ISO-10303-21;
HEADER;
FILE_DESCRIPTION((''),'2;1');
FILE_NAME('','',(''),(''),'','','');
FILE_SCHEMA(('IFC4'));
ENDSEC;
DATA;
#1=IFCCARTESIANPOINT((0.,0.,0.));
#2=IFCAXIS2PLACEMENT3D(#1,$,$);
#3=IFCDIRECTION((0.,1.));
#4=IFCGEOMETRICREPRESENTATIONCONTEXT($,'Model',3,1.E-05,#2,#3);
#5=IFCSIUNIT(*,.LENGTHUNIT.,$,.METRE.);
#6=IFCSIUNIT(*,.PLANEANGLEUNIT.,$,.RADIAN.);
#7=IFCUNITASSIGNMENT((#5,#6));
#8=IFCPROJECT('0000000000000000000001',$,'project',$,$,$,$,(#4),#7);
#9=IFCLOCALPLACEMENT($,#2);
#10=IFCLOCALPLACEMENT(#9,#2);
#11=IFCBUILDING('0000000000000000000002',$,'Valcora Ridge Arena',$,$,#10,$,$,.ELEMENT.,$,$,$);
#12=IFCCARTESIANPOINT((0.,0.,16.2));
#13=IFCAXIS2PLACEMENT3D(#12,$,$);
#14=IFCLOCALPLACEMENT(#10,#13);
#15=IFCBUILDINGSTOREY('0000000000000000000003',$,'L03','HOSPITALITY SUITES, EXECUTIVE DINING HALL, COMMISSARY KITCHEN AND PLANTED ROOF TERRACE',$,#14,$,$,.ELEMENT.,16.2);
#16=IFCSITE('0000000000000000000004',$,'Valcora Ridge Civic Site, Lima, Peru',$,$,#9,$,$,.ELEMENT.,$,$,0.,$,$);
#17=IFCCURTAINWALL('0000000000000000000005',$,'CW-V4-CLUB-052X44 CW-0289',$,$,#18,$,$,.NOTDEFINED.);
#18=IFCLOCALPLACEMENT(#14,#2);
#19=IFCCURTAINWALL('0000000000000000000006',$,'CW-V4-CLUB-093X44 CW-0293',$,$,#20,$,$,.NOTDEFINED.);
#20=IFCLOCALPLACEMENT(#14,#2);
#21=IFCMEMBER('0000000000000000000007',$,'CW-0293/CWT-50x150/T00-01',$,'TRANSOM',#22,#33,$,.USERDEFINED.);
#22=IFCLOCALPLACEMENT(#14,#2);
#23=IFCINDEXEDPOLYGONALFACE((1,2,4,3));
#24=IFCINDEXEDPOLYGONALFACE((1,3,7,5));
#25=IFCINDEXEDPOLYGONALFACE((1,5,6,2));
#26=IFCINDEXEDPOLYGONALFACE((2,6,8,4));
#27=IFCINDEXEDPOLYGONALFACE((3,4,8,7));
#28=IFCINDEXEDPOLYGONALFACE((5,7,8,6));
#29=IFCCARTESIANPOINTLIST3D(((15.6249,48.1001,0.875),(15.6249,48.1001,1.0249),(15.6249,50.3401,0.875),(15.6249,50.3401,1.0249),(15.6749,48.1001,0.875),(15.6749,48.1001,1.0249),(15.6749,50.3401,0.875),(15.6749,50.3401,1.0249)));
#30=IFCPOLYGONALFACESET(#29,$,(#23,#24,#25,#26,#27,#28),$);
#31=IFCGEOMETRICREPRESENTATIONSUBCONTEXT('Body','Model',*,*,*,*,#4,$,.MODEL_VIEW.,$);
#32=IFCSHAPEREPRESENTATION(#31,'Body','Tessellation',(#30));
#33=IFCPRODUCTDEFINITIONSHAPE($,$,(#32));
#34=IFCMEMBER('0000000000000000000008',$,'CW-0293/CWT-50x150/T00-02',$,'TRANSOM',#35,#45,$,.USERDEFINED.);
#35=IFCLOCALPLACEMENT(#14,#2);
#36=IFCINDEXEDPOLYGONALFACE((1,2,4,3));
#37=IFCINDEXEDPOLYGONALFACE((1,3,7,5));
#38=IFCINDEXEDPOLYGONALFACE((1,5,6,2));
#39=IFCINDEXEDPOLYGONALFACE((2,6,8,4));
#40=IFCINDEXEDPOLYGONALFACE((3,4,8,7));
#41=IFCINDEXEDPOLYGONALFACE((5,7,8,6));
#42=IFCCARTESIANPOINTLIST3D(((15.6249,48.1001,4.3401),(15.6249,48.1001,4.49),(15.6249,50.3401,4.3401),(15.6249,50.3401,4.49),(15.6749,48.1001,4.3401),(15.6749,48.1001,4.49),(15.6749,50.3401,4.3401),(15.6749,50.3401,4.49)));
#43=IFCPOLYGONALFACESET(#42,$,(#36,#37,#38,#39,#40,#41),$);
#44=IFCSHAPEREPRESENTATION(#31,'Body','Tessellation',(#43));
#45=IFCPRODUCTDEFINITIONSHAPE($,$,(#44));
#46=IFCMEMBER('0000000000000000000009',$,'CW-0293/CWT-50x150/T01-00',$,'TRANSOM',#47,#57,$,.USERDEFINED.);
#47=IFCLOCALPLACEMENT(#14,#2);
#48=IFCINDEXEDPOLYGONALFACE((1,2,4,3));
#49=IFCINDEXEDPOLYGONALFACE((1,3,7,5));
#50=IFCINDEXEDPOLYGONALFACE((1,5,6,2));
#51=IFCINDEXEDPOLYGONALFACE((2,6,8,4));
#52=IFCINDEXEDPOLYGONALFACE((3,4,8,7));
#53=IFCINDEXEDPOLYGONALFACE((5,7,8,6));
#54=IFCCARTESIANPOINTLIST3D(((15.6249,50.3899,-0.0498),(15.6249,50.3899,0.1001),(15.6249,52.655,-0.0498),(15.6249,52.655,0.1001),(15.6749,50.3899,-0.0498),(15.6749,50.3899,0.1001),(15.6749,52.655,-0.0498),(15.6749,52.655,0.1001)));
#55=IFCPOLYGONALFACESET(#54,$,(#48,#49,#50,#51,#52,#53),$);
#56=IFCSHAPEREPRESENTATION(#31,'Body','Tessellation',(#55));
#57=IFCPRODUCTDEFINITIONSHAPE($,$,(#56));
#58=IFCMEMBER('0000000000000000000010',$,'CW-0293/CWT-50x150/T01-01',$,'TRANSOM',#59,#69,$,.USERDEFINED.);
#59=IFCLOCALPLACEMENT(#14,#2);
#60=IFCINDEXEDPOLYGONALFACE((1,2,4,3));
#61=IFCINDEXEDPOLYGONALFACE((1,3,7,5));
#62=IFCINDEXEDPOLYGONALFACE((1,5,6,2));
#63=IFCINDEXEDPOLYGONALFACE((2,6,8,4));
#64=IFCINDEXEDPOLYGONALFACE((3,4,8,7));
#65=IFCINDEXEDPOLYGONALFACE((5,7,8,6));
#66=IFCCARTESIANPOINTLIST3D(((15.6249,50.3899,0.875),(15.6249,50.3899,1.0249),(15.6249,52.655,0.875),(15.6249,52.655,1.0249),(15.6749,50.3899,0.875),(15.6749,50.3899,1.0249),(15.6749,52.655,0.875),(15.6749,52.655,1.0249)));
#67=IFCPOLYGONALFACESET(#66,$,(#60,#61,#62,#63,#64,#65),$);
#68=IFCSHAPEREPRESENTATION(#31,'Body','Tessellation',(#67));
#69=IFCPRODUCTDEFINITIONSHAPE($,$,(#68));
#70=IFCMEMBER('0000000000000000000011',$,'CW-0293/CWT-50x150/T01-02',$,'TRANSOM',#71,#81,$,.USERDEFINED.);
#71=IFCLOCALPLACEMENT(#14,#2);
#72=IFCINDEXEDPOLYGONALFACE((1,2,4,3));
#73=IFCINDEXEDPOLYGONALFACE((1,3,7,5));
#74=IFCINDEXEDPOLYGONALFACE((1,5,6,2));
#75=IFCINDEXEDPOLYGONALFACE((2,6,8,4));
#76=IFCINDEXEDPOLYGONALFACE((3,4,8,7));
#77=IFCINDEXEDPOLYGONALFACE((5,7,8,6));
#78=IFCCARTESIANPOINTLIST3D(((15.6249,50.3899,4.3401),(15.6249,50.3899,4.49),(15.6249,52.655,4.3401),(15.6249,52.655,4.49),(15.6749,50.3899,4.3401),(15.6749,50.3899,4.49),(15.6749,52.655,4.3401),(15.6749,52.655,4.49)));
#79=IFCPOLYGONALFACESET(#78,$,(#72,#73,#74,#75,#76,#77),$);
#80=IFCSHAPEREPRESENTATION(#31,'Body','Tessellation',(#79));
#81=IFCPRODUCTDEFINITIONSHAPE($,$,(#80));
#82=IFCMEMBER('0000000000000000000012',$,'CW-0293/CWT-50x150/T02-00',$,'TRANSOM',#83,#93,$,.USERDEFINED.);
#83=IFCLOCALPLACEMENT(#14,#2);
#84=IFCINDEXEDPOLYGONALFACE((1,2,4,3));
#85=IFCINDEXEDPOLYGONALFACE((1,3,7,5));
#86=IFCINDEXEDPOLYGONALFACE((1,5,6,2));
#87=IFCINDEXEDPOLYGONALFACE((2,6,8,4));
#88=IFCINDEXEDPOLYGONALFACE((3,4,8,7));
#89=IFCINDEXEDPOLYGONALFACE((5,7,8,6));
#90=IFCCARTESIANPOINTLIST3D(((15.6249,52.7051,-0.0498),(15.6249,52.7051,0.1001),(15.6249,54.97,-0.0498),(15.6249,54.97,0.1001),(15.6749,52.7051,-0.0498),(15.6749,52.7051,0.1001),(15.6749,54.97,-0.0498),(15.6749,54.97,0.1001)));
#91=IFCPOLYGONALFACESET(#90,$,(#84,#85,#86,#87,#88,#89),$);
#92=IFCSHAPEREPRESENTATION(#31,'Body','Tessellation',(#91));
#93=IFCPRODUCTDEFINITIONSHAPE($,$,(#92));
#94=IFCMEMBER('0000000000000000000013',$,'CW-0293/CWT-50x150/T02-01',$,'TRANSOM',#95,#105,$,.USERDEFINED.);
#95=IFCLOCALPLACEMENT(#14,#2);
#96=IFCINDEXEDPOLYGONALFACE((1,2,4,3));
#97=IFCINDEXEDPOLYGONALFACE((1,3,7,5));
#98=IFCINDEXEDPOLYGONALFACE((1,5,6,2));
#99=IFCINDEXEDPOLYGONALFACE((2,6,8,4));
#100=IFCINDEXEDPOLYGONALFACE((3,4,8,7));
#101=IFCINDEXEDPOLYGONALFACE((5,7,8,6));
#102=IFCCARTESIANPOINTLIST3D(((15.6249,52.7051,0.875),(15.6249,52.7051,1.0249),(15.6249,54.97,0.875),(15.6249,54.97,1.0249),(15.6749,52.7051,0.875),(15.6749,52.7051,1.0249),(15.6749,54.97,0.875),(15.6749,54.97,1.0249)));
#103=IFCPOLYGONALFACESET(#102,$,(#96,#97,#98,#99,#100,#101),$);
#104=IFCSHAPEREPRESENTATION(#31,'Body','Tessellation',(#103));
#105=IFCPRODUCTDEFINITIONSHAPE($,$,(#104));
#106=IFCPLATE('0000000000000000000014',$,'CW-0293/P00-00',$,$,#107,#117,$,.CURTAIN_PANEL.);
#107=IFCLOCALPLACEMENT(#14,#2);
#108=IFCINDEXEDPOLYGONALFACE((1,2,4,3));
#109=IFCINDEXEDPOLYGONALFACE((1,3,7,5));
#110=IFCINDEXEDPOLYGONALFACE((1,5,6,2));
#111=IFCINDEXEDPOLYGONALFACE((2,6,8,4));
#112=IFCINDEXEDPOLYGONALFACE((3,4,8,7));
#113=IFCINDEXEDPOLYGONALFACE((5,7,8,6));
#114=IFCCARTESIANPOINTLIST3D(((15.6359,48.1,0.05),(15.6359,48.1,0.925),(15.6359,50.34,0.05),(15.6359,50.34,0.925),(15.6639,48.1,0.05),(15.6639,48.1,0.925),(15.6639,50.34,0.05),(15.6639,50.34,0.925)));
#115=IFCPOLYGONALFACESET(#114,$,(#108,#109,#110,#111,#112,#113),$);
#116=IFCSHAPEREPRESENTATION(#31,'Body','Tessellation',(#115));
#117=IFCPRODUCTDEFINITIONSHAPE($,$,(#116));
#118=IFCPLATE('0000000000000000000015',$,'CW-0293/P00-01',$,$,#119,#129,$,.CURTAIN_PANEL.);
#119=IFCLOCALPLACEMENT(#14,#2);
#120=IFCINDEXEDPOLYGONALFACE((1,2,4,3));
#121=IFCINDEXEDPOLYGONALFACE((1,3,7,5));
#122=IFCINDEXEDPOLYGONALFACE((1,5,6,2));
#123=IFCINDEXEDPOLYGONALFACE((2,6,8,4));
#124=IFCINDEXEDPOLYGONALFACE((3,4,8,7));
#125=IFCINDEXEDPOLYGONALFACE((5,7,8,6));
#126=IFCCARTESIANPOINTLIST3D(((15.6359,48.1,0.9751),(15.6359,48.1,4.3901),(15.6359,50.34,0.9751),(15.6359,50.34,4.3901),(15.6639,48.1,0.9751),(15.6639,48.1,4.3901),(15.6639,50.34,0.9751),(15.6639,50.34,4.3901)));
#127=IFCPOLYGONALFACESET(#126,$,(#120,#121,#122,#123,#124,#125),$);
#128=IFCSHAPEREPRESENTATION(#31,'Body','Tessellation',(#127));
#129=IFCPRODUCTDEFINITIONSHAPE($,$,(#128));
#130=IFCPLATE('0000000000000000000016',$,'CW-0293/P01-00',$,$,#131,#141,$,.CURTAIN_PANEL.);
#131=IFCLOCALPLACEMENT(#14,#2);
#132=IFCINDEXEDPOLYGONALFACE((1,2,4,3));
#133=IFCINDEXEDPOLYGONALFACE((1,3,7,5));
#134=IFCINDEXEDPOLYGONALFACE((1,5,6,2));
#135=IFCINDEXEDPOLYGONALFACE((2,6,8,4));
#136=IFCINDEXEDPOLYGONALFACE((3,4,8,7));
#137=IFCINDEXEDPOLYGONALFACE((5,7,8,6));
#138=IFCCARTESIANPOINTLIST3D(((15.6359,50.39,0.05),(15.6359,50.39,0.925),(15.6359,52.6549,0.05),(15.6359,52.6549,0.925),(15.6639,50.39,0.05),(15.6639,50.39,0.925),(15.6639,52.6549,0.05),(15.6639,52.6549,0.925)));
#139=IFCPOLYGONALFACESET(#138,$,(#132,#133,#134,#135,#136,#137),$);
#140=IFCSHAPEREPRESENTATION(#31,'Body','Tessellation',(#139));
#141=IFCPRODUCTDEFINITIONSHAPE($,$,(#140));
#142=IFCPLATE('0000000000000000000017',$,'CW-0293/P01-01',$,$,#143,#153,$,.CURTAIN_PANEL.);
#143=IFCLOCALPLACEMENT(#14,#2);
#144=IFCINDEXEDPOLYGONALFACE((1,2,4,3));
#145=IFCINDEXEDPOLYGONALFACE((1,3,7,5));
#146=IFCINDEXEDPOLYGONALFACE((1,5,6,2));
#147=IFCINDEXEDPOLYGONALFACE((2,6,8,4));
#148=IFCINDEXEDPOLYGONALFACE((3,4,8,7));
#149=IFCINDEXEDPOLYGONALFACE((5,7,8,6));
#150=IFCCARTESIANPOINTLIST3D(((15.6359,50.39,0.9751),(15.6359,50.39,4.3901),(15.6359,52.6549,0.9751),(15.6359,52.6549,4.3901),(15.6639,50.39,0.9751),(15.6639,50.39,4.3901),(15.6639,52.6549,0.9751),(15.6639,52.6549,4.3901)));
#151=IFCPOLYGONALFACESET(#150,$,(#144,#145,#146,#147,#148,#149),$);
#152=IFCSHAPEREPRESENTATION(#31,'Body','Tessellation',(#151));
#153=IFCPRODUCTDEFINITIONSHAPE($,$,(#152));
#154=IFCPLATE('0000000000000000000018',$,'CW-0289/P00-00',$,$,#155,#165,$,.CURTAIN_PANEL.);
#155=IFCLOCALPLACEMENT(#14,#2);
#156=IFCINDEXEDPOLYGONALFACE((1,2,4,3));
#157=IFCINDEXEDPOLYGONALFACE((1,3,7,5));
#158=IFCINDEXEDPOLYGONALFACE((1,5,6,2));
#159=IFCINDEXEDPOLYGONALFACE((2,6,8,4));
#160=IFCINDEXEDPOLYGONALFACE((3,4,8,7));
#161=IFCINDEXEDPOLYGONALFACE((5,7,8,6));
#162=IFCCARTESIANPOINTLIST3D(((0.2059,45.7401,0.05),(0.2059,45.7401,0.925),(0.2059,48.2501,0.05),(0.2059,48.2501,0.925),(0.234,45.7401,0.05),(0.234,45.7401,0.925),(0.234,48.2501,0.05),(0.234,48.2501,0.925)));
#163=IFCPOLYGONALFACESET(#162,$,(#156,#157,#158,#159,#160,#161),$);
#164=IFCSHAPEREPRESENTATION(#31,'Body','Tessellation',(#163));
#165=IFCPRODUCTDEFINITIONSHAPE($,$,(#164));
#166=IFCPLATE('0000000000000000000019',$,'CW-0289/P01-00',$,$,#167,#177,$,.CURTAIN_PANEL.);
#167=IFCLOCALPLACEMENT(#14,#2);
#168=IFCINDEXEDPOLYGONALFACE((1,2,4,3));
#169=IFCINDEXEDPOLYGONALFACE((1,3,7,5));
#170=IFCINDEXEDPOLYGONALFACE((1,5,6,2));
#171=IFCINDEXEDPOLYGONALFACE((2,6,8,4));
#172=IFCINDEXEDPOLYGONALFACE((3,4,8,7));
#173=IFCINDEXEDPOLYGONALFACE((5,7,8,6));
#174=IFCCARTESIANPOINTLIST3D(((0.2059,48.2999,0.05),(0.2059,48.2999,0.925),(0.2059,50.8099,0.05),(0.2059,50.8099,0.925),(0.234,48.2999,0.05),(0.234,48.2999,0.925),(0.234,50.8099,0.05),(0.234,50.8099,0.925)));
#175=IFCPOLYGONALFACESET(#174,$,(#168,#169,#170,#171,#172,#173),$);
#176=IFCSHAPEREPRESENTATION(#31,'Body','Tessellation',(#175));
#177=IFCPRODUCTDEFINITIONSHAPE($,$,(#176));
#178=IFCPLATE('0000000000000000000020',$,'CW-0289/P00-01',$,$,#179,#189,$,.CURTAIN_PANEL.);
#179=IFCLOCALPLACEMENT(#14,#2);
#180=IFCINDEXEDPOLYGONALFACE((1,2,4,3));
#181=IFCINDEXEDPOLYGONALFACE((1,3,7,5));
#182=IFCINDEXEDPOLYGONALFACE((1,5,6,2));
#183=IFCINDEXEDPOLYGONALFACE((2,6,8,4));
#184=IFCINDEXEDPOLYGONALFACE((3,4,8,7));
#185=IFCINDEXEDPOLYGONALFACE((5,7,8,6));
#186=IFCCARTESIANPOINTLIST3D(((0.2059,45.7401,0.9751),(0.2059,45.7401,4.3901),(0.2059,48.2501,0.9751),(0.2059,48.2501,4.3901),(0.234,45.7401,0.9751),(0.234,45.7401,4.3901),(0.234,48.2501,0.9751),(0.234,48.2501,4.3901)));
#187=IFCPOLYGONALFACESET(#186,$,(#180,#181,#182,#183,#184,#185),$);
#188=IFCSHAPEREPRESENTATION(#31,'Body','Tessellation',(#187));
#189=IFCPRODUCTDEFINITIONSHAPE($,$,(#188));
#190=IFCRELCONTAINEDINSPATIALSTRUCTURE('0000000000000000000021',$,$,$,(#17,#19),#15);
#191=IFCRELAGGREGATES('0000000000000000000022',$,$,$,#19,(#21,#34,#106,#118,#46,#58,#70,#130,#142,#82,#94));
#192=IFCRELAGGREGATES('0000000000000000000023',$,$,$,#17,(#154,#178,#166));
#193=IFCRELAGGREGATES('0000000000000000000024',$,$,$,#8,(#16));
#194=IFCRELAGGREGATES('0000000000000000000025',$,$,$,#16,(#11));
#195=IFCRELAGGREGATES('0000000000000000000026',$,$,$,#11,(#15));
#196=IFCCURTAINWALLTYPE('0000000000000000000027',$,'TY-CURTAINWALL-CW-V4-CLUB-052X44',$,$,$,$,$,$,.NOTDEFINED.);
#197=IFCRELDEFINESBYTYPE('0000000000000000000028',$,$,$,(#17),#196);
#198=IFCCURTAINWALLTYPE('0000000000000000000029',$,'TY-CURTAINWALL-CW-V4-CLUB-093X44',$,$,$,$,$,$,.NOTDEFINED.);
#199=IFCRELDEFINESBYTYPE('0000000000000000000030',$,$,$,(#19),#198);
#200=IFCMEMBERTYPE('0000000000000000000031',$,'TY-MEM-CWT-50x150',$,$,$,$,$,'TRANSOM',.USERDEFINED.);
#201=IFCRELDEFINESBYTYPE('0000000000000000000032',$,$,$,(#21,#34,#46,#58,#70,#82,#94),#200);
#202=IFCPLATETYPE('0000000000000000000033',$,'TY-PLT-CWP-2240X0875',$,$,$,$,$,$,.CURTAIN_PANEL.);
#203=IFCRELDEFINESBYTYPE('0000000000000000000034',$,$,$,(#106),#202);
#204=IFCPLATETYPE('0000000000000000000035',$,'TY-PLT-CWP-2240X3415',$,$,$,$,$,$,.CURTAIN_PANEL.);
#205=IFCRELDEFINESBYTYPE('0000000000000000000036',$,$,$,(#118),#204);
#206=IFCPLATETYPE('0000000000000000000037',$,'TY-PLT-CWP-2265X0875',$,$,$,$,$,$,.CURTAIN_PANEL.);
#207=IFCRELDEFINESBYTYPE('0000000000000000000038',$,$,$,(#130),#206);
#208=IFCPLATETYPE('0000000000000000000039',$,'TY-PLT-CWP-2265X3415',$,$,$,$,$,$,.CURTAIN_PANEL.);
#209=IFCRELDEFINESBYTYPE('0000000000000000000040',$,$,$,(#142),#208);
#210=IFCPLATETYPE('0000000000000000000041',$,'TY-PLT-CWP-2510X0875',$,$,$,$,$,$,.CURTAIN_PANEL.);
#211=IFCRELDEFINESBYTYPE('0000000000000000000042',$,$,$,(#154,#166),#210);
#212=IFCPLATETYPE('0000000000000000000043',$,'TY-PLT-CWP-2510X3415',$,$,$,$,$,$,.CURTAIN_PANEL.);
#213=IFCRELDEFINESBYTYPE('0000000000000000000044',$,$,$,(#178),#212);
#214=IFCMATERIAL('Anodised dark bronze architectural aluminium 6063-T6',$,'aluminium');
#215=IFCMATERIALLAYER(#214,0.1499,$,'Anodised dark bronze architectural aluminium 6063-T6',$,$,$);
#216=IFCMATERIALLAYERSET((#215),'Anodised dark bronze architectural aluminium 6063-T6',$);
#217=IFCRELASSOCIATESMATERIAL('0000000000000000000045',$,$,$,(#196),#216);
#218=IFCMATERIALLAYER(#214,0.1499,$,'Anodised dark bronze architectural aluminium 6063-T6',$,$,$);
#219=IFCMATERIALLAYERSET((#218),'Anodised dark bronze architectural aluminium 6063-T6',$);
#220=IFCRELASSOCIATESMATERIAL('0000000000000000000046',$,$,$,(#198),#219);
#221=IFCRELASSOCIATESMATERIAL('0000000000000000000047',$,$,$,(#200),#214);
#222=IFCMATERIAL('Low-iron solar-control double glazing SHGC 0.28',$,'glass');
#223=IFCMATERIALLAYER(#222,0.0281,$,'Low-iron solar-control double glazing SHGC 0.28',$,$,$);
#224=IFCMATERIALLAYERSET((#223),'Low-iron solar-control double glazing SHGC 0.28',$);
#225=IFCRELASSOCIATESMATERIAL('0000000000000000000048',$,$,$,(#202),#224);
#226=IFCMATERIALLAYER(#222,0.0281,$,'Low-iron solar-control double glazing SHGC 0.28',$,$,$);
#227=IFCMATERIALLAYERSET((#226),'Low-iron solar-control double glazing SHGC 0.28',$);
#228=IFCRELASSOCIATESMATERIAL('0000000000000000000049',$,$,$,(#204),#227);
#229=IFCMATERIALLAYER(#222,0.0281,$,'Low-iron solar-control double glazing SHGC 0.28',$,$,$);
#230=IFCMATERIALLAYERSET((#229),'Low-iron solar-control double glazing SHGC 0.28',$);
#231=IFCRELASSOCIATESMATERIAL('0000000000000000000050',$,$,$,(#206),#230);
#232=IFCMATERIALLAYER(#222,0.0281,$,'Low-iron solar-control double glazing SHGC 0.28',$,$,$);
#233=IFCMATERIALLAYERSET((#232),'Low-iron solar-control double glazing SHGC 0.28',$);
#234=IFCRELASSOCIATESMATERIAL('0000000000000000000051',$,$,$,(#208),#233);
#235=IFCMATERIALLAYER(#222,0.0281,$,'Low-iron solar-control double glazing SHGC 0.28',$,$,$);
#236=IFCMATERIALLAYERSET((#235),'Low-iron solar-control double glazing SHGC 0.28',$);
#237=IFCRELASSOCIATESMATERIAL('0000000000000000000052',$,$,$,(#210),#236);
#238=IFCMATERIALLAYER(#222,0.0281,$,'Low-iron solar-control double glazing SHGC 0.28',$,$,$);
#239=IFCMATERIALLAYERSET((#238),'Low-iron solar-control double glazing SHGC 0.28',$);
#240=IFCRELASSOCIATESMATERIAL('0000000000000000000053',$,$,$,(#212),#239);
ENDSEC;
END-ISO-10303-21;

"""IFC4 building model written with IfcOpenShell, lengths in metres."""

from ifc_helpers import new_model, si_unit, direction, frame, origin, origin_2d, place, context, subcontext, project, spatial, rectangle, extrude, material, layer, layer_set, material_profile, profile_set, type_object, element, aggregate, save


model = new_model("IFC4")

# Units and contexts
model_context = context("Model", 3, precision=1e-05, world=origin(), true_north=direction((0.0, 1.0)))
body_context = subcontext(model_context, "Body", "Model", "MODEL_VIEW")
ifc_project = project(units=[si_unit("LENGTHUNIT", "METRE"), si_unit("PLANEANGLEUNIT", "RADIAN")], contexts=[model_context])

# Site, building, storey
site_placement = place(None, origin())
site = spatial("IfcSite", under=ifc_project, at=site_placement, Name="Valcora Ridge Civic Site, Lima, Peru", CompositionType="ELEMENT", RefElevation=0.0)
building_placement = place(site_placement, origin())
building = spatial("IfcBuilding", under=site, at=building_placement, Name="Valcora Ridge Arena", CompositionType="ELEMENT")
storey_placement = place(building_placement, frame((0.0, 0.0, 16.2)))
storey = spatial("IfcBuildingStorey", under=building, at=storey_placement, Name="L03", Description="HOSPITALITY SUITES, EXECUTIVE DINING HALL, COMMISSARY KITCHEN AND PLANTED ROOF TERRACE", CompositionType="ELEMENT", Elevation=16.2)

# Curtain wall
ifc_material_1 = material(Name="Anodised dark bronze architectural aluminium 6063-T6", Category="aluminium")
ifc_layer_1 = layer(ifc_material_1, 0.1499, Name="Anodised dark bronze architectural aluminium 6063-T6")
ifc_layer_set_1 = layer_set([ifc_layer_1], Name="Anodised dark bronze architectural aluminium 6063-T6")
curtain_wall_type_1 = type_object("IfcCurtainWallType", Name="TY-CURTAINWALL-CW-V4-CLUB-052X44", PredefinedType="NOTDEFINED", material=ifc_layer_set_1)
curtain_wall_1_placement = place(storey_placement, origin())
curtain_wall_1 = element("IfcCurtainWall", 1, at=curtain_wall_1_placement, inside=storey, type_object=curtain_wall_type_1, Name="CW-V4-CLUB-052X44 CW-0289", PredefinedType="NOTDEFINED")

# Curtain wall
ifc_layer_2 = layer(ifc_material_1, 0.1499, Name="Anodised dark bronze architectural aluminium 6063-T6")
ifc_layer_set_2 = layer_set([ifc_layer_2], Name="Anodised dark bronze architectural aluminium 6063-T6")
curtain_wall_type_2 = type_object("IfcCurtainWallType", Name="TY-CURTAINWALL-CW-V4-CLUB-093X44", PredefinedType="NOTDEFINED", material=ifc_layer_set_2)
curtain_wall_2_placement = place(storey_placement, origin())
curtain_wall_2 = element("IfcCurtainWall", 2, at=curtain_wall_2_placement, inside=storey, type_object=curtain_wall_type_2, Name="CW-V4-CLUB-093X44 CW-0293", PredefinedType="NOTDEFINED")

# Members
ifc_material_profile_1 = material_profile(ifc_material_1, rectangle(XDim=0.05, YDim=0.1499, at=origin_2d()), Name="ALU TRANSOM 50x150")
ifc_profile_set_1 = profile_set([ifc_material_profile_1], Name="Anodised dark bronze architectural aluminium 6063-T6")
member_type_1 = type_object("IfcMemberType", Name="TY-MEM-CWT-50x150", ElementType="TRANSOM", PredefinedType="USERDEFINED", material=ifc_profile_set_1)
member_1_placement = place(storey_placement, frame((15.6499, 48.1001, 0.95), z_axis=(0.0, 1.0, 0.0), x_axis=(-1.0, 0.0, 0.0)))
member_1 = element("IfcMember", 3, at=member_1_placement, type_object=member_type_1, Name="CW-0293/CWT-50x150/T00-01", ObjectType="TRANSOM", PredefinedType="USERDEFINED", context=body_context, shape_type="SweptSolid", body=[
    extrude(rectangle(XDim=0.05, YDim=0.1499, at=origin_2d()), origin(), (0.0, 0.0, 1.0), 2.24),
])
member_2_placement = place(storey_placement, frame((15.6499, 48.1001, 4.415), z_axis=(0.0, 1.0, 0.0), x_axis=(-1.0, 0.0, 0.0)))
member_2 = element("IfcMember", 4, at=member_2_placement, type_object=member_type_1, Name="CW-0293/CWT-50x150/T00-02", ObjectType="TRANSOM", PredefinedType="USERDEFINED", context=body_context, shape_type="SweptSolid", body=[
    extrude(rectangle(XDim=0.05, YDim=0.1499, at=origin_2d()), origin(), (0.0, 0.0, 1.0), 2.24),
])
member_3_placement = place(storey_placement, frame((15.6499, 50.3899, 0.0251), z_axis=(0.0, 1.0, 0.0), x_axis=(-1.0, 0.0, 0.0)))
member_3 = element("IfcMember", 5, at=member_3_placement, type_object=member_type_1, Name="CW-0293/CWT-50x150/T01-00", ObjectType="TRANSOM", PredefinedType="USERDEFINED", context=body_context, shape_type="SweptSolid", body=[
    extrude(rectangle(XDim=0.05, YDim=0.1499, at=origin_2d()), origin(), (0.0, 0.0, 1.0), 2.2651),
])
member_4_placement = place(storey_placement, frame((15.6499, 50.3899, 0.95), z_axis=(0.0, 1.0, 0.0), x_axis=(-1.0, 0.0, 0.0)))
member_4 = element("IfcMember", 6, at=member_4_placement, type_object=member_type_1, Name="CW-0293/CWT-50x150/T01-01", ObjectType="TRANSOM", PredefinedType="USERDEFINED", context=body_context, shape_type="SweptSolid", body=[
    extrude(rectangle(XDim=0.05, YDim=0.1499, at=origin_2d()), origin(), (0.0, 0.0, 1.0), 2.2651),
])
member_5_placement = place(storey_placement, frame((15.6499, 50.3899, 4.415), z_axis=(0.0, 1.0, 0.0), x_axis=(-1.0, 0.0, 0.0)))
member_5 = element("IfcMember", 7, at=member_5_placement, type_object=member_type_1, Name="CW-0293/CWT-50x150/T01-02", ObjectType="TRANSOM", PredefinedType="USERDEFINED", context=body_context, shape_type="SweptSolid", body=[
    extrude(rectangle(XDim=0.05, YDim=0.1499, at=origin_2d()), origin(), (0.0, 0.0, 1.0), 2.2651),
])
member_6_placement = place(storey_placement, frame((15.6499, 52.7051, 0.0251), z_axis=(0.0, 1.0, 0.0), x_axis=(-1.0, 0.0, 0.0)))
member_6 = element("IfcMember", 8, at=member_6_placement, type_object=member_type_1, Name="CW-0293/CWT-50x150/T02-00", ObjectType="TRANSOM", PredefinedType="USERDEFINED", context=body_context, shape_type="SweptSolid", body=[
    extrude(rectangle(XDim=0.05, YDim=0.1499, at=origin_2d()), origin(), (0.0, 0.0, 1.0), 2.2649),
])
member_7_placement = place(storey_placement, frame((15.6499, 52.7051, 0.95), z_axis=(0.0, 1.0, 0.0), x_axis=(-1.0, 0.0, 0.0)))
member_7 = element("IfcMember", 9, at=member_7_placement, type_object=member_type_1, Name="CW-0293/CWT-50x150/T02-01", ObjectType="TRANSOM", PredefinedType="USERDEFINED", context=body_context, shape_type="SweptSolid", body=[
    extrude(rectangle(XDim=0.05, YDim=0.1499, at=origin_2d()), origin(), (0.0, 0.0, 1.0), 2.2649),
])

# Plates
ifc_material_2 = material(Name="Low-iron solar-control double glazing SHGC 0.28", Category="glass")
ifc_layer_3 = layer(ifc_material_2, 0.0281, Name="Low-iron solar-control double glazing SHGC 0.28")
ifc_layer_set_3 = layer_set([ifc_layer_3], Name="Low-iron solar-control double glazing SHGC 0.28")
plate_type_1 = type_object("IfcPlateType", Name="TY-PLT-CWP-2240X0875", PredefinedType="CURTAIN_PANEL", material=ifc_layer_set_3)
plate_1_placement = place(storey_placement, frame((15.6499, 49.22, 0.05), z_axis=(0.0, 0.0, 1.0), x_axis=(0.0, 1.0, 0.0)))
plate_1 = element("IfcPlate", 10, at=plate_1_placement, type_object=plate_type_1, Name="CW-0293/P00-00", PredefinedType="CURTAIN_PANEL", context=body_context, shape_type="SweptSolid", body=[
    extrude(rectangle(XDim=2.24, YDim=0.0281, at=origin_2d()), origin(), (0.0, 0.0, 1.0), 0.875),
])
ifc_layer_4 = layer(ifc_material_2, 0.0281, Name="Low-iron solar-control double glazing SHGC 0.28")
ifc_layer_set_4 = layer_set([ifc_layer_4], Name="Low-iron solar-control double glazing SHGC 0.28")
plate_type_2 = type_object("IfcPlateType", Name="TY-PLT-CWP-2240X3415", PredefinedType="CURTAIN_PANEL", material=ifc_layer_set_4)
plate_2_placement = place(storey_placement, frame((15.6499, 49.22, 0.9751), z_axis=(0.0, 0.0, 1.0), x_axis=(0.0, 1.0, 0.0)))
plate_2 = element("IfcPlate", 11, at=plate_2_placement, type_object=plate_type_2, Name="CW-0293/P00-01", PredefinedType="CURTAIN_PANEL", context=body_context, shape_type="SweptSolid", body=[
    extrude(rectangle(XDim=2.24, YDim=0.0281, at=origin_2d()), origin(), (0.0, 0.0, 1.0), 3.415),
])
ifc_layer_5 = layer(ifc_material_2, 0.0281, Name="Low-iron solar-control double glazing SHGC 0.28")
ifc_layer_set_5 = layer_set([ifc_layer_5], Name="Low-iron solar-control double glazing SHGC 0.28")
plate_type_3 = type_object("IfcPlateType", Name="TY-PLT-CWP-2265X0875", PredefinedType="CURTAIN_PANEL", material=ifc_layer_set_5)
plate_3_placement = place(storey_placement, frame((15.6499, 51.5225, 0.05), z_axis=(0.0, 0.0, 1.0), x_axis=(0.0, 1.0, 0.0)))
plate_3 = element("IfcPlate", 12, at=plate_3_placement, type_object=plate_type_3, Name="CW-0293/P01-00", PredefinedType="CURTAIN_PANEL", context=body_context, shape_type="SweptSolid", body=[
    extrude(rectangle(XDim=2.2649, YDim=0.0281, at=origin_2d()), origin(), (0.0, 0.0, 1.0), 0.875),
])
ifc_layer_6 = layer(ifc_material_2, 0.0281, Name="Low-iron solar-control double glazing SHGC 0.28")
ifc_layer_set_6 = layer_set([ifc_layer_6], Name="Low-iron solar-control double glazing SHGC 0.28")
plate_type_4 = type_object("IfcPlateType", Name="TY-PLT-CWP-2265X3415", PredefinedType="CURTAIN_PANEL", material=ifc_layer_set_6)
plate_4_placement = place(storey_placement, frame((15.6499, 51.5225, 0.9751), z_axis=(0.0, 0.0, 1.0), x_axis=(0.0, 1.0, 0.0)))
plate_4 = element("IfcPlate", 13, at=plate_4_placement, type_object=plate_type_4, Name="CW-0293/P01-01", PredefinedType="CURTAIN_PANEL", context=body_context, shape_type="SweptSolid", body=[
    extrude(rectangle(XDim=2.2649, YDim=0.0281, at=origin_2d()), origin(), (0.0, 0.0, 1.0), 3.415),
])
aggregate(curtain_wall_2, [member_1, member_2, plate_1, plate_2, member_3, member_4, member_5, plate_3, plate_4, member_6, member_7])
ifc_layer_7 = layer(ifc_material_2, 0.0281, Name="Low-iron solar-control double glazing SHGC 0.28")
ifc_layer_set_7 = layer_set([ifc_layer_7], Name="Low-iron solar-control double glazing SHGC 0.28")
plate_type_5 = type_object("IfcPlateType", Name="TY-PLT-CWP-2510X0875", PredefinedType="CURTAIN_PANEL", material=ifc_layer_set_7)
plate_5_placement = place(storey_placement, frame((0.22, 46.9951, 0.05), z_axis=(0.0, 0.0, 1.0), x_axis=(0.0, 1.0, 0.0)))
plate_5 = element("IfcPlate", 14, at=plate_5_placement, type_object=plate_type_5, Name="CW-0289/P00-00", PredefinedType="CURTAIN_PANEL", context=body_context, shape_type="SweptSolid", body=[
    extrude(rectangle(XDim=2.51, YDim=0.0281, at=origin_2d()), origin(), (0.0, 0.0, 1.0), 0.875),
])
plate_6_placement = place(storey_placement, frame((0.22, 49.5549, 0.05), z_axis=(0.0, 0.0, 1.0), x_axis=(0.0, 1.0, 0.0)))
plate_6 = element("IfcPlate", 15, at=plate_6_placement, type_object=plate_type_5, Name="CW-0289/P01-00", PredefinedType="CURTAIN_PANEL", context=body_context, shape_type="SweptSolid", body=[
    extrude(rectangle(XDim=2.51, YDim=0.0281, at=origin_2d()), origin(), (0.0, 0.0, 1.0), 0.875),
])
ifc_layer_8 = layer(ifc_material_2, 0.0281, Name="Low-iron solar-control double glazing SHGC 0.28")
ifc_layer_set_8 = layer_set([ifc_layer_8], Name="Low-iron solar-control double glazing SHGC 0.28")
plate_type_6 = type_object("IfcPlateType", Name="TY-PLT-CWP-2510X3415", PredefinedType="CURTAIN_PANEL", material=ifc_layer_set_8)
plate_7_placement = place(storey_placement, frame((0.22, 46.9951, 0.9751), z_axis=(0.0, 0.0, 1.0), x_axis=(0.0, 1.0, 0.0)))
plate_7 = element("IfcPlate", 16, at=plate_7_placement, type_object=plate_type_6, Name="CW-0289/P00-01", PredefinedType="CURTAIN_PANEL", context=body_context, shape_type="SweptSolid", body=[
    extrude(rectangle(XDim=2.51, YDim=0.0281, at=origin_2d()), origin(), (0.0, 0.0, 1.0), 3.415),
])
aggregate(curtain_wall_1, [plate_5, plate_7, plate_6])

save(model, "model.ifc")
